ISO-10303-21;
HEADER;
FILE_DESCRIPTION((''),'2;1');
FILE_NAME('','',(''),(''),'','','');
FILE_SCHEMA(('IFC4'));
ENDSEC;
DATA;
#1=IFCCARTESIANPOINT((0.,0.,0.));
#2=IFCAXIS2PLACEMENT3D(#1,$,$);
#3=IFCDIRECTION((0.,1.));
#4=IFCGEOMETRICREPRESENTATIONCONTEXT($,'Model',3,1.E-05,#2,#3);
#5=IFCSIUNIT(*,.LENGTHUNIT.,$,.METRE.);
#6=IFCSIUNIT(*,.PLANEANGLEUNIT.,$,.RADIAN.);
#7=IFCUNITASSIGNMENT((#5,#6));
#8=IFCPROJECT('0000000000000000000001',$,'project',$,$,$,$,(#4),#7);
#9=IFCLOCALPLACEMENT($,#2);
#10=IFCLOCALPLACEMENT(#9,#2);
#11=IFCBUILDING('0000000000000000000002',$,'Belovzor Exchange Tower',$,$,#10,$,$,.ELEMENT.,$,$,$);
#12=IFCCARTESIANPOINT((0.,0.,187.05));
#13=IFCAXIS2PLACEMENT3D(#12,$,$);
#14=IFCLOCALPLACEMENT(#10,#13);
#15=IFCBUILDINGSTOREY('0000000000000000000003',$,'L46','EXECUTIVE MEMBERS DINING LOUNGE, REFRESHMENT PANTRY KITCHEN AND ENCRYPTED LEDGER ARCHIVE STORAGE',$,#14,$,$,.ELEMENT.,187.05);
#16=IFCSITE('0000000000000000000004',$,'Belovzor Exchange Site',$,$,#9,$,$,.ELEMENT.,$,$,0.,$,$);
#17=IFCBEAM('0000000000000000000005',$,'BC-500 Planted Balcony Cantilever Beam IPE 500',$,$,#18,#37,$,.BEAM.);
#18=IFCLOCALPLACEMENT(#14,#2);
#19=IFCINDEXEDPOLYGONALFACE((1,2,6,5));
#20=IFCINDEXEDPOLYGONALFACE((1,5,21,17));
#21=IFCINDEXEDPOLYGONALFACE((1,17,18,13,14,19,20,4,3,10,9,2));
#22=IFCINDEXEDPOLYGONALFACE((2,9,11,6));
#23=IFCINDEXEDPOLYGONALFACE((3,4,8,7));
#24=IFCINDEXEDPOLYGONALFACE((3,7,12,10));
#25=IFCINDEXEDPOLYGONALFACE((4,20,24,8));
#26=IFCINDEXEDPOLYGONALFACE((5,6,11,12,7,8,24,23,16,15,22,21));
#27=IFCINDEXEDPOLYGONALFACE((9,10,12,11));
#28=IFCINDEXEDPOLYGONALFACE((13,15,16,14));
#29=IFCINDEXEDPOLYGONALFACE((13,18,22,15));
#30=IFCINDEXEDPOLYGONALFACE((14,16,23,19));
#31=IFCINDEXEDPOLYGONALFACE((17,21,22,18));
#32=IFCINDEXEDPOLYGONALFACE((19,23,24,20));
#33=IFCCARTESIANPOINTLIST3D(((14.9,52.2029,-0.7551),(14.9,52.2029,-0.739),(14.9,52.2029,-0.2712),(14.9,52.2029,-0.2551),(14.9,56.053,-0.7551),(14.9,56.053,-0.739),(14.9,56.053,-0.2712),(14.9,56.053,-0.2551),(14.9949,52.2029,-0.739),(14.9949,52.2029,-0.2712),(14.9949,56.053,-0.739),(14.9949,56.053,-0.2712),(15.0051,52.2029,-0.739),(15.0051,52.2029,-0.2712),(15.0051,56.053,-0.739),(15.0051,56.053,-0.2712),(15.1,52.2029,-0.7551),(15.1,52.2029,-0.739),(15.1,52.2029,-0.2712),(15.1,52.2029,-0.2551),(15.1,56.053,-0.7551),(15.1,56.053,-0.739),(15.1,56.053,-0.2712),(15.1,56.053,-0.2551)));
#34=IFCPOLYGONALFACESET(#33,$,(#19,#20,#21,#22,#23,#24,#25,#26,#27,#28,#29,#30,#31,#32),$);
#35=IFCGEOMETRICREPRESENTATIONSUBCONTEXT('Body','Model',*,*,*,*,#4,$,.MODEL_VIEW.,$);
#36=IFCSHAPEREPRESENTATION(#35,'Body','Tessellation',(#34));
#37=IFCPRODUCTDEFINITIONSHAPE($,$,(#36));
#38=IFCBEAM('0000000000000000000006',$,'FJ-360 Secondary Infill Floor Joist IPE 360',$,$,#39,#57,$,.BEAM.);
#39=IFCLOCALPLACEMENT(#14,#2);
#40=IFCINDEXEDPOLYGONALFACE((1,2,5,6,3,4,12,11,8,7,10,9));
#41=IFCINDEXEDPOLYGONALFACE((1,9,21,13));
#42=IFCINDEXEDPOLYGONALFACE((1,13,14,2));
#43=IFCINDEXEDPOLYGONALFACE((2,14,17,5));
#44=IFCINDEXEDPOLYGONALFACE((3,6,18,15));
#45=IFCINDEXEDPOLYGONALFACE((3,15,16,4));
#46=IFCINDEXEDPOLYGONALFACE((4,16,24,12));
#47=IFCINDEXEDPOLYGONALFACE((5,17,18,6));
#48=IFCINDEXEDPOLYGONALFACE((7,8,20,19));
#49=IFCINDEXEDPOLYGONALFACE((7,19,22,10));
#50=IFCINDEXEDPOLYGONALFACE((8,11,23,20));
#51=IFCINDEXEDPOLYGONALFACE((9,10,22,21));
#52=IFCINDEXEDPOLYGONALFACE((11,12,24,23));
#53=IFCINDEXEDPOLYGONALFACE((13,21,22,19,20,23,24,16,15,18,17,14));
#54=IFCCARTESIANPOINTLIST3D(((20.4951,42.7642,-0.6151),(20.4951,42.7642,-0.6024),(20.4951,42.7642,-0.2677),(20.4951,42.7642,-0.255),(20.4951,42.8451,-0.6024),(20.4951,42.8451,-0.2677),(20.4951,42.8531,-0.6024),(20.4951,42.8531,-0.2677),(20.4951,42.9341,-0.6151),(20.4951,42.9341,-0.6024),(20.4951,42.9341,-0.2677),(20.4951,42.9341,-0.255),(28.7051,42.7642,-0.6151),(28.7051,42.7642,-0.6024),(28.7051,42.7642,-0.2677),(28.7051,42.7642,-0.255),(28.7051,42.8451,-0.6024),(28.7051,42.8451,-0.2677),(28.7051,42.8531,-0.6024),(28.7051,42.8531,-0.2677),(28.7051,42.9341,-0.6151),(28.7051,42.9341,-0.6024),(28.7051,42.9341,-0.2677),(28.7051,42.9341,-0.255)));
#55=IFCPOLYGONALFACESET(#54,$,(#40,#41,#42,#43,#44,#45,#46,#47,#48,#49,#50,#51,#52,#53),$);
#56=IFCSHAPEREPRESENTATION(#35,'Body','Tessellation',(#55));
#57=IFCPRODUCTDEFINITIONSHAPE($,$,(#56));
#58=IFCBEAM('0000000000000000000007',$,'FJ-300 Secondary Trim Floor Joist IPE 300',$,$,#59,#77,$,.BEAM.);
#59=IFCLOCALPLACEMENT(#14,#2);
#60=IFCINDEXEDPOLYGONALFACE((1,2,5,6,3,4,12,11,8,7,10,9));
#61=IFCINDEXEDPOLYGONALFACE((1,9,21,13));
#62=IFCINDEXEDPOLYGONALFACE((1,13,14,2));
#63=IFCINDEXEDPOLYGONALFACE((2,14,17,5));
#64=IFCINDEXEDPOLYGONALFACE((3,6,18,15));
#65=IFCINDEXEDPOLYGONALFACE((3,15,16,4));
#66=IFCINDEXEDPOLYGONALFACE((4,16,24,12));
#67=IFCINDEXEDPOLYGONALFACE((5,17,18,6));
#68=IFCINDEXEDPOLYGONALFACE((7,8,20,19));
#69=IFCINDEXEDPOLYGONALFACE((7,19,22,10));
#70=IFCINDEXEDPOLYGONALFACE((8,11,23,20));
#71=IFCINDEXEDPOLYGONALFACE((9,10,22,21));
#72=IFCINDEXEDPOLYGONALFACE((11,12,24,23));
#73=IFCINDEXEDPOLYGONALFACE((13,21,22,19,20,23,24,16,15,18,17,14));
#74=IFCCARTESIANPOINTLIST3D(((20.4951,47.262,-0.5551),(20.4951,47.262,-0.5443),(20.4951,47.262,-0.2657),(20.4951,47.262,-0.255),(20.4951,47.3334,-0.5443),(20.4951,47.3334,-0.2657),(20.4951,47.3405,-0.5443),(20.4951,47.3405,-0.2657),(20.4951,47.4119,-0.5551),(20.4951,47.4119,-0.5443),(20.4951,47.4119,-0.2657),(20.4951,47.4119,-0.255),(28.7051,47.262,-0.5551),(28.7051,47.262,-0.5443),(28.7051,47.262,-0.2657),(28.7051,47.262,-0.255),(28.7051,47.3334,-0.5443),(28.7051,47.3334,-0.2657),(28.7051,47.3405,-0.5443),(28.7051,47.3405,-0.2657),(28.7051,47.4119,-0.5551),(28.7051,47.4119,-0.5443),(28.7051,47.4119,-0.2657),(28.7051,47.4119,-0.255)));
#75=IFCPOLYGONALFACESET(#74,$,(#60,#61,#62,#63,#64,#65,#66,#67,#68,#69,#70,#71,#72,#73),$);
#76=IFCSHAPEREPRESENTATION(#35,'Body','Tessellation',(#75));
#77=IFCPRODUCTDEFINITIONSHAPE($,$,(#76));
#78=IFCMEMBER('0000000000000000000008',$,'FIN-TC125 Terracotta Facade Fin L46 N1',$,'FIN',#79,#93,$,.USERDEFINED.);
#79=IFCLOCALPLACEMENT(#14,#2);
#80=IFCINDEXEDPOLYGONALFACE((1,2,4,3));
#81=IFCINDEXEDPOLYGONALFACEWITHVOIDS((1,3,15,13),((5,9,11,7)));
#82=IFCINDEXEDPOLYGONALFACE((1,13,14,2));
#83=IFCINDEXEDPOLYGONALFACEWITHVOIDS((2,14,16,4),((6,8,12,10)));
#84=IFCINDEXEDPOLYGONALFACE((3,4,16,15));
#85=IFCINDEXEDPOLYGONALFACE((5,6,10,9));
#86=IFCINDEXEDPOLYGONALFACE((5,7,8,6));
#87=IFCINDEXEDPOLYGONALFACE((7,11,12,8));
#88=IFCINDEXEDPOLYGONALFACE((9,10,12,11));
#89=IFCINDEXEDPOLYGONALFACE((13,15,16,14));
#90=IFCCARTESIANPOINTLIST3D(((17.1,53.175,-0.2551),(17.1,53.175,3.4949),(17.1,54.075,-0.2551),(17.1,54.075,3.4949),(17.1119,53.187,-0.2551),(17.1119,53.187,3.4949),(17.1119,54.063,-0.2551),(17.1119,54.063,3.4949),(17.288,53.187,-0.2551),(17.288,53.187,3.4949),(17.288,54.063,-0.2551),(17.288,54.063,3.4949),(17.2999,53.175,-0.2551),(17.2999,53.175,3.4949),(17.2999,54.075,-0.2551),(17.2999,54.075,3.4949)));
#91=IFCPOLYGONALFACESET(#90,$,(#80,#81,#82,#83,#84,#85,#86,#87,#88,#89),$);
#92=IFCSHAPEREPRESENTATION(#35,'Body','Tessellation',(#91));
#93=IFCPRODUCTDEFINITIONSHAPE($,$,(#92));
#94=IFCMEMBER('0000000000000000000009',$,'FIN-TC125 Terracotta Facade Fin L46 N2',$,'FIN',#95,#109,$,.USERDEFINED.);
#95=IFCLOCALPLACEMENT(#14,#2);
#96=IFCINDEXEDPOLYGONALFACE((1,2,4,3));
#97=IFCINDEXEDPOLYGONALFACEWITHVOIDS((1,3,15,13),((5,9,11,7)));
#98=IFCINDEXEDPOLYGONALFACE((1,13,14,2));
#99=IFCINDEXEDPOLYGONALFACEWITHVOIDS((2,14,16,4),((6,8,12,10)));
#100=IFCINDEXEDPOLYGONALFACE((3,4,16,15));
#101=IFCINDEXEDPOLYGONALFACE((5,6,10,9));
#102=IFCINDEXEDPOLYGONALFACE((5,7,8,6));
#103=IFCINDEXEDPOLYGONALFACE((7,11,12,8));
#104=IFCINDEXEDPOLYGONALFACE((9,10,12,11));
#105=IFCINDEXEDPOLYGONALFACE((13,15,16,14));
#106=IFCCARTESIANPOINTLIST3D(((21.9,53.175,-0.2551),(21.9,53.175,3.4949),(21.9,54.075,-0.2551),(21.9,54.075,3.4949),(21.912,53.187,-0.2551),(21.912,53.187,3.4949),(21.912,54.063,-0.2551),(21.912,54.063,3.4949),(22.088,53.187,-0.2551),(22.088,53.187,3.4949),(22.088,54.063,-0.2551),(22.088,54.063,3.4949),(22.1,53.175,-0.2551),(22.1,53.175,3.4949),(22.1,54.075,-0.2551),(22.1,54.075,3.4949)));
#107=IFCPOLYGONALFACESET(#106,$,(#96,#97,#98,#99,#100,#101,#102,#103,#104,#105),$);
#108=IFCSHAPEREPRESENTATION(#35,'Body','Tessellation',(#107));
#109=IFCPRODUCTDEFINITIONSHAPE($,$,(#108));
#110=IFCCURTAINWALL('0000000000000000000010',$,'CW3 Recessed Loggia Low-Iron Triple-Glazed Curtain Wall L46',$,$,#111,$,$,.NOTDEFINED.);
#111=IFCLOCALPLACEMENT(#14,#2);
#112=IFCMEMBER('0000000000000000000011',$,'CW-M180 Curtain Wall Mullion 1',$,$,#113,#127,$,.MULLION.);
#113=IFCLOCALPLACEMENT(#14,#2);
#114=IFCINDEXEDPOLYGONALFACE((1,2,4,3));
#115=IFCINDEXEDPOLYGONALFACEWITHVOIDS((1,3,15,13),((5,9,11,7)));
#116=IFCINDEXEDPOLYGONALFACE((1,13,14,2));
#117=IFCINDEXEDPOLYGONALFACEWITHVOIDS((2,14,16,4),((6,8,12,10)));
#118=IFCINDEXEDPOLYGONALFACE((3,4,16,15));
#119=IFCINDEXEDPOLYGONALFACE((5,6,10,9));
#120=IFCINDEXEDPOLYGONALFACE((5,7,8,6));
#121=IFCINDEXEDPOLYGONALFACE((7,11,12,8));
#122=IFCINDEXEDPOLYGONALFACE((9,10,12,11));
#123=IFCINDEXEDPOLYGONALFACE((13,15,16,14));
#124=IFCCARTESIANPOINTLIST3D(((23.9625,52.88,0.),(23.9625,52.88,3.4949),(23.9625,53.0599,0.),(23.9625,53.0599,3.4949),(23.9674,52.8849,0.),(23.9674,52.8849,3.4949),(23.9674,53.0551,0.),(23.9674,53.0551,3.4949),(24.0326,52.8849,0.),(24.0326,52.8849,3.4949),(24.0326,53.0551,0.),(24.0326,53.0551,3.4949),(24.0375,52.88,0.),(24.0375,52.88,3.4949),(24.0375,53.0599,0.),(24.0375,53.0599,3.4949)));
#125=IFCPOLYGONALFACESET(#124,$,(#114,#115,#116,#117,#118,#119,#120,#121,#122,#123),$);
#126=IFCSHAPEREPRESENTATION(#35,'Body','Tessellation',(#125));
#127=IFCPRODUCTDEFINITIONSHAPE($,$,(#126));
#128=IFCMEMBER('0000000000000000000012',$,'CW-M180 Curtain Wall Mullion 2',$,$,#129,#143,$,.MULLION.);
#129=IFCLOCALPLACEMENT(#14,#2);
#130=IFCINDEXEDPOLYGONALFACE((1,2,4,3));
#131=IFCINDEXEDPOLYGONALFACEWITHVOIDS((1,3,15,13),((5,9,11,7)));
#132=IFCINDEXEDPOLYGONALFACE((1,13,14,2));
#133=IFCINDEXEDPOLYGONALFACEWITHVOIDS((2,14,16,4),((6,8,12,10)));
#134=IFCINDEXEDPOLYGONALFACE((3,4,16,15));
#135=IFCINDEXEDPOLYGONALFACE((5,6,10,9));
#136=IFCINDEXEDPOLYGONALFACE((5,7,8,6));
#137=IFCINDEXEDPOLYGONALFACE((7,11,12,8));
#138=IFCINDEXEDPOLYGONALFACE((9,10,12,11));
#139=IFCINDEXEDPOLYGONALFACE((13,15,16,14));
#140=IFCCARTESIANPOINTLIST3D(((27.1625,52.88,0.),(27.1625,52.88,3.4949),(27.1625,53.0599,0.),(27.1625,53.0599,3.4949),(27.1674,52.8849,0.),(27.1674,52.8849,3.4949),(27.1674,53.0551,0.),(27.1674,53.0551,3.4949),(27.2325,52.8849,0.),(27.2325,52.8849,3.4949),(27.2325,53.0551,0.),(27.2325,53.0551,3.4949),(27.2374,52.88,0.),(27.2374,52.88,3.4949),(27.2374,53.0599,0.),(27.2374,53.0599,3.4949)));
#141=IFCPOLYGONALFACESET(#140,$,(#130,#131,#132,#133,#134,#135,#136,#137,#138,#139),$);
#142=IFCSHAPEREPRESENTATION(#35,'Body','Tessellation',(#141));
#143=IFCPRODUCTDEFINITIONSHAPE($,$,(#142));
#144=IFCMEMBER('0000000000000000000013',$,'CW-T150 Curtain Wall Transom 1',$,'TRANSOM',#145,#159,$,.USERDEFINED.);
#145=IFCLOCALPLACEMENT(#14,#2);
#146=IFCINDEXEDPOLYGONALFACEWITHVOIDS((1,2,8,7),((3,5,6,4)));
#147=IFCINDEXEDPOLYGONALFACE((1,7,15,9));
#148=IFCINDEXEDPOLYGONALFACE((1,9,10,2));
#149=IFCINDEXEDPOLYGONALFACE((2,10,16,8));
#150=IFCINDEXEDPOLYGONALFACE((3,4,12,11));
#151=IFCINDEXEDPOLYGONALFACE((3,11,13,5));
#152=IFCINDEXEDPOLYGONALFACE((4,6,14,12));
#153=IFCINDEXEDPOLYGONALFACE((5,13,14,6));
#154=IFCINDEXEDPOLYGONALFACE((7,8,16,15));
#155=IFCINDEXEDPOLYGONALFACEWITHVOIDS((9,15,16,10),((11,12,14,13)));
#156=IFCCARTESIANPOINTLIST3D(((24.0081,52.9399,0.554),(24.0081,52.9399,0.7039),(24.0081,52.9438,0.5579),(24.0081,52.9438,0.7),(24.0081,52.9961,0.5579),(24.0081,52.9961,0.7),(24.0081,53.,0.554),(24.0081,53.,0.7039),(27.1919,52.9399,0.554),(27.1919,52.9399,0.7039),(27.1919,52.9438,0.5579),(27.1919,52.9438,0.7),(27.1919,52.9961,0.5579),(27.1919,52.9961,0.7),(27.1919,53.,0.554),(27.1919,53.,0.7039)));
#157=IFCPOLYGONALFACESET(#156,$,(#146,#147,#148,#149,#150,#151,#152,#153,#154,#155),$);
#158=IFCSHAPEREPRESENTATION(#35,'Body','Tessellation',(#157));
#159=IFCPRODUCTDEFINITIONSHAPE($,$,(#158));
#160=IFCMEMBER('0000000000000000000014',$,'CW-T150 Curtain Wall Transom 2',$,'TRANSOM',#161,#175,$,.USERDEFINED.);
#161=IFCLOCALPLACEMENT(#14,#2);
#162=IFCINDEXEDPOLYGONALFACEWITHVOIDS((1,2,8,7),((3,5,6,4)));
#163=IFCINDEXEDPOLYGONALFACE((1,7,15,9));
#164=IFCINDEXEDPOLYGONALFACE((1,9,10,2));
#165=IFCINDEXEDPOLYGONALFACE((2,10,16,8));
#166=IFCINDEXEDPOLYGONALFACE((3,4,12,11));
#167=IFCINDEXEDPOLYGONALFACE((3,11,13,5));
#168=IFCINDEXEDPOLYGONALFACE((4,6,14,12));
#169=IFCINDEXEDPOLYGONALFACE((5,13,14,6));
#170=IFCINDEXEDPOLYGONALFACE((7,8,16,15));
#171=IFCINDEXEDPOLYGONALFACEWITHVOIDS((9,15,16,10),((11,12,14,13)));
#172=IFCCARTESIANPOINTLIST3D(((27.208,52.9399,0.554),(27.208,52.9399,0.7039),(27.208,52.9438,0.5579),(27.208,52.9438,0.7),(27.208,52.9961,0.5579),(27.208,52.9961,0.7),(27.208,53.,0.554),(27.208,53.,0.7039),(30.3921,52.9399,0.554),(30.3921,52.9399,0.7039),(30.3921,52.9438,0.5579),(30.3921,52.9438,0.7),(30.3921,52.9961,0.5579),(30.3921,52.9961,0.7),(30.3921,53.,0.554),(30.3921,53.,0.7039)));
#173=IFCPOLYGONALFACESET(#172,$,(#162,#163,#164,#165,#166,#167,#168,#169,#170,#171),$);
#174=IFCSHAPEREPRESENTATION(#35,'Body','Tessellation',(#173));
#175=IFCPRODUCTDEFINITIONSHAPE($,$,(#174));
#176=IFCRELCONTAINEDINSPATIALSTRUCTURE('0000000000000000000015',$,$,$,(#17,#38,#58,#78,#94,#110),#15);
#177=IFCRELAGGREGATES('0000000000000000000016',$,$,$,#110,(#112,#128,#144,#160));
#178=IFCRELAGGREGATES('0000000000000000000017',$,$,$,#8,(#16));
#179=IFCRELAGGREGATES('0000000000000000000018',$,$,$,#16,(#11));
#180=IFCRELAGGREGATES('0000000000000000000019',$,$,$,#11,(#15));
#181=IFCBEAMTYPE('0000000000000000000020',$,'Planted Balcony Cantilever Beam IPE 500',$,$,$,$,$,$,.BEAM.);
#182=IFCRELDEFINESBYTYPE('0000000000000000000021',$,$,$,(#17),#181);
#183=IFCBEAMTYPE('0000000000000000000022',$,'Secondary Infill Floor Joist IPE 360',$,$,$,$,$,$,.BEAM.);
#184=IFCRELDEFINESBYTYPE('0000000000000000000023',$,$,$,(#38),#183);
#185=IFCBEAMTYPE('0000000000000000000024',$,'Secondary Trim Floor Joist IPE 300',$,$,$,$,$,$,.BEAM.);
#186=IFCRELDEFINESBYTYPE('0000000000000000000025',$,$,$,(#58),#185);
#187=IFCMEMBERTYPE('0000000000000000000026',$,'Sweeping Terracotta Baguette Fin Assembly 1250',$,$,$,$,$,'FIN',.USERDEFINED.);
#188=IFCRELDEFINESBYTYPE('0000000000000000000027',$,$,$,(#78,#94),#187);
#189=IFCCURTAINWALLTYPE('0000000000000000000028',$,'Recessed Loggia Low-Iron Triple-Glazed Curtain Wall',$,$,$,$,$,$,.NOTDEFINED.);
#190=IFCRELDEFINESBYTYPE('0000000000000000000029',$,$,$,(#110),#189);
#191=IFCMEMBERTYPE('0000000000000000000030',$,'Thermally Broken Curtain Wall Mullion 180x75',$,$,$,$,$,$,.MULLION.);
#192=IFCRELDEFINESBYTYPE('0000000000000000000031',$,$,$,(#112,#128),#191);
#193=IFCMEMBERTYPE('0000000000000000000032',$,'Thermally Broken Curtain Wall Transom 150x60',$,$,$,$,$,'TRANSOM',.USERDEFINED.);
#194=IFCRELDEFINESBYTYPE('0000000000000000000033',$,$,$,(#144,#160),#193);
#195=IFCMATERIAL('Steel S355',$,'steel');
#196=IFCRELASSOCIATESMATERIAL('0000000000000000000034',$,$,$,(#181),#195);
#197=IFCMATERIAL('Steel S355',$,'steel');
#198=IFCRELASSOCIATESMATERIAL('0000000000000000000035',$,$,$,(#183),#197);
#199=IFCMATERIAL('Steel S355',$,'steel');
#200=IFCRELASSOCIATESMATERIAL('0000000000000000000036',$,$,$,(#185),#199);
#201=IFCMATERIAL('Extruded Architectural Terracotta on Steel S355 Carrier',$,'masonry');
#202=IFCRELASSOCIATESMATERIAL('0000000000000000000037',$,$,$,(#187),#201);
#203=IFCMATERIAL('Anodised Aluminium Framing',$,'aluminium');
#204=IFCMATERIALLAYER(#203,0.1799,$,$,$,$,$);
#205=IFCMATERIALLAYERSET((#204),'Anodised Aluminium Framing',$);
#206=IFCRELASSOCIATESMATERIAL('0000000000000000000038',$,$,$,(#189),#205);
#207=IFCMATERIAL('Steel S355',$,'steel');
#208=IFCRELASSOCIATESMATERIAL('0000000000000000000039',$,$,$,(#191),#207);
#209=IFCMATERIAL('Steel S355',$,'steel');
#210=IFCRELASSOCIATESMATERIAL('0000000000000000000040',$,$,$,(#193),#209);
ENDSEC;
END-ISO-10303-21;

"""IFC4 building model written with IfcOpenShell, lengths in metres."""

from ifc_helpers import new_model, si_unit, direction, frame, origin, origin_2d, place, context, subcontext, project, spatial, hollow_rectangle, i_section, extrude, material, layer, layer_set, material_profile, profile_set, type_object, element, aggregate, save


model = new_model("IFC4")

# Units and contexts
model_context = context("Model", 3, precision=1e-05, world=origin(), true_north=direction((0.0, 1.0)))
body_context = subcontext(model_context, "Body", "Model", "MODEL_VIEW")
ifc_project = project(units=[si_unit("LENGTHUNIT", "METRE"), si_unit("PLANEANGLEUNIT", "RADIAN")], contexts=[model_context])

# Site, building, storey
site_placement = place(None, origin())
site = spatial("IfcSite", under=ifc_project, at=site_placement, Name="Belovzor Exchange Site", CompositionType="ELEMENT", RefElevation=0.0)
building_placement = place(site_placement, origin())
building = spatial("IfcBuilding", under=site, at=building_placement, Name="Belovzor Exchange Tower", CompositionType="ELEMENT")
storey_placement = place(building_placement, frame((0.0, 0.0, 187.05)))
storey = spatial("IfcBuildingStorey", under=building, at=storey_placement, Name="L46", Description="EXECUTIVE MEMBERS DINING LOUNGE, REFRESHMENT PANTRY KITCHEN AND ENCRYPTED LEDGER ARCHIVE STORAGE", CompositionType="ELEMENT", Elevation=187.05)

# Beams
ifc_material_1 = material(Name="Steel S355", Category="steel")
ifc_material_profile_1 = material_profile(ifc_material_1, i_section(OverallWidth=0.2, OverallDepth=0.5, WebThickness=0.0103, FlangeThickness=0.0161, at=origin_2d()))
ifc_profile_set_1 = profile_set([ifc_material_profile_1], Name="Steel S355")
beam_type_1 = type_object("IfcBeamType", Name="Planted Balcony Cantilever Beam IPE 500", PredefinedType="BEAM", material=ifc_profile_set_1)
beam_1_placement = place(storey_placement, frame((15.0, 52.2029, -0.5051), z_axis=(0.0, 1.0, 0.0), x_axis=(-1.0, 0.0, 0.0)))
element("IfcBeam", 1, at=beam_1_placement, inside=storey, type_object=beam_type_1, Name="BC-500 Planted Balcony Cantilever Beam IPE 500", PredefinedType="BEAM", context=body_context, shape_type="SweptSolid", body=[
    extrude(i_section(OverallWidth=0.2, OverallDepth=0.5, WebThickness=0.0103, FlangeThickness=0.0161, at=origin_2d()), origin(), (0.0, 0.0, 1.0), 3.8501),
])
ifc_material_2 = material(Name="Steel S355", Category="steel")
ifc_material_profile_2 = material_profile(ifc_material_2, i_section(OverallWidth=0.1699, OverallDepth=0.3601, WebThickness=0.0081, FlangeThickness=0.0127, at=origin_2d()))
ifc_profile_set_2 = profile_set([ifc_material_profile_2], Name="Steel S355")
beam_type_2 = type_object("IfcBeamType", Name="Secondary Infill Floor Joist IPE 360", PredefinedType="BEAM", material=ifc_profile_set_2)
beam_2_placement = place(storey_placement, frame((20.4951, 42.8491, -0.4351), z_axis=(1.0, 0.0, 0.0), x_axis=(0.0, 1.0, 0.0)))
element("IfcBeam", 2, at=beam_2_placement, inside=storey, type_object=beam_type_2, Name="FJ-360 Secondary Infill Floor Joist IPE 360", PredefinedType="BEAM", context=body_context, shape_type="SweptSolid", body=[
    extrude(i_section(OverallWidth=0.1699, OverallDepth=0.3601, WebThickness=0.0081, FlangeThickness=0.0127, at=origin_2d()), origin(), (0.0, 0.0, 1.0), 8.21),
])
ifc_material_3 = material(Name="Steel S355", Category="steel")
ifc_material_profile_3 = material_profile(ifc_material_3, i_section(OverallWidth=0.1499, OverallDepth=0.3, WebThickness=0.0071, FlangeThickness=0.0107, at=origin_2d()))
ifc_profile_set_3 = profile_set([ifc_material_profile_3], Name="Steel S355")
beam_type_3 = type_object("IfcBeamType", Name="Secondary Trim Floor Joist IPE 300", PredefinedType="BEAM", material=ifc_profile_set_3)
beam_3_placement = place(storey_placement, frame((20.4951, 47.3369, -0.405), z_axis=(1.0, 0.0, 0.0), x_axis=(0.0, 1.0, 0.0)))
element("IfcBeam", 3, at=beam_3_placement, inside=storey, type_object=beam_type_3, Name="FJ-300 Secondary Trim Floor Joist IPE 300", PredefinedType="BEAM", context=body_context, shape_type="SweptSolid", body=[
    extrude(i_section(OverallWidth=0.1499, OverallDepth=0.3, WebThickness=0.0071, FlangeThickness=0.0107, at=origin_2d()), origin(), (0.0, 0.0, 1.0), 8.21),
])

# Members
ifc_material_4 = material(Name="Extruded Architectural Terracotta on Steel S355 Carrier", Category="masonry")
ifc_material_profile_4 = material_profile(ifc_material_4, hollow_rectangle(XDim=0.2, YDim=0.8999, WallThickness=0.012, at=origin_2d()))
ifc_profile_set_4 = profile_set([ifc_material_profile_4], Name="Extruded Architectural Terracotta on Steel S355 Carrier")
member_type_1 = type_object("IfcMemberType", Name="Sweeping Terracotta Baguette Fin Assembly 1250", ElementType="FIN", PredefinedType="USERDEFINED", material=ifc_profile_set_4)
for number, where, z_axis, x_axis, name in (
    (4, (17.2, 53.625, -0.2551), (0.0, 0.0, 1.0), (1.0, 0.0, 0.0), "FIN-TC125 Terracotta Facade Fin L46 N1"),
    (5, (22.0, 53.625, -0.2551), (0.0, 0.0, 1.0), (1.0, 0.0, 0.0), "FIN-TC125 Terracotta Facade Fin L46 N2"),
):
    element("IfcMember", number, at=place(storey_placement, frame(where, z_axis=z_axis, x_axis=x_axis)), inside=storey, type_object=member_type_1, Name=name, ObjectType="FIN", PredefinedType="USERDEFINED", context=body_context, shape_type="SweptSolid", body=[
        extrude(hollow_rectangle(XDim=0.2, YDim=0.8999, WallThickness=0.012, at=origin_2d()), origin(), (0.0, 0.0, 1.0), 3.75),
    ])

# Curtain wall, members
ifc_material_5 = material(Name="Anodised Aluminium Framing", Category="aluminium")
ifc_layer_1 = layer(ifc_material_5, 0.1799)
ifc_layer_set_1 = layer_set([ifc_layer_1], Name="Anodised Aluminium Framing")
curtain_wall_type = type_object("IfcCurtainWallType", Name="Recessed Loggia Low-Iron Triple-Glazed Curtain Wall", PredefinedType="NOTDEFINED", material=ifc_layer_set_1)
curtain_wall_placement = place(storey_placement, origin())
curtain_wall = element("IfcCurtainWall", 6, at=curtain_wall_placement, inside=storey, type_object=curtain_wall_type, Name="CW3 Recessed Loggia Low-Iron Triple-Glazed Curtain Wall L46", PredefinedType="NOTDEFINED")
ifc_material_6 = material(Name="Steel S355", Category="steel")
ifc_material_profile_5 = material_profile(ifc_material_6, hollow_rectangle(XDim=0.075, YDim=0.1799, WallThickness=0.0049, at=origin_2d()))
ifc_profile_set_5 = profile_set([ifc_material_profile_5], Name="Steel S355")
member_type_2 = type_object("IfcMemberType", Name="Thermally Broken Curtain Wall Mullion 180x75", PredefinedType="MULLION", material=ifc_profile_set_5)
member_1_placement = place(storey_placement, frame((24.0, 52.97, 0.0), z_axis=(0.0, 0.0, 1.0), x_axis=(1.0, 0.0, 0.0)))
member_1 = element("IfcMember", 7, at=member_1_placement, type_object=member_type_2, Name="CW-M180 Curtain Wall Mullion 1", PredefinedType="MULLION", context=body_context, shape_type="SweptSolid", body=[
    extrude(hollow_rectangle(XDim=0.075, YDim=0.1799, WallThickness=0.0049, at=origin_2d()), origin(), (0.0, 0.0, 1.0), 3.4949),
])
member_2_placement = place(storey_placement, frame((27.2, 52.97, 0.0), z_axis=(0.0, 0.0, 1.0), x_axis=(1.0, 0.0, 0.0)))
member_2 = element("IfcMember", 8, at=member_2_placement, type_object=member_type_2, Name="CW-M180 Curtain Wall Mullion 2", PredefinedType="MULLION", context=body_context, shape_type="SweptSolid", body=[
    extrude(hollow_rectangle(XDim=0.075, YDim=0.1799, WallThickness=0.0049, at=origin_2d()), origin(), (0.0, 0.0, 1.0), 3.4949),
])
ifc_material_7 = material(Name="Steel S355", Category="steel")
ifc_material_profile_6 = material_profile(ifc_material_7, hollow_rectangle(XDim=0.0601, YDim=0.1499, WallThickness=0.0039, at=origin_2d()))
ifc_profile_set_6 = profile_set([ifc_material_profile_6], Name="Steel S355")
member_type_3 = type_object("IfcMemberType", Name="Thermally Broken Curtain Wall Transom 150x60", ElementType="TRANSOM", PredefinedType="USERDEFINED", material=ifc_profile_set_6)
member_3_placement = place(storey_placement, frame((24.0081, 52.97, 0.6289), z_axis=(1.0, 0.0, 0.0), x_axis=(0.0, 1.0, 0.0)))
member_3 = element("IfcMember", 9, at=member_3_placement, type_object=member_type_3, Name="CW-T150 Curtain Wall Transom 1", ObjectType="TRANSOM", PredefinedType="USERDEFINED", context=body_context, shape_type="SweptSolid", body=[
    extrude(hollow_rectangle(XDim=0.0601, YDim=0.1499, WallThickness=0.0039, at=origin_2d()), origin(), (0.0, 0.0, 1.0), 3.1838),
])
member_4_placement = place(storey_placement, frame((27.208, 52.97, 0.6289), z_axis=(1.0, 0.0, 0.0), x_axis=(0.0, 1.0, 0.0)))
member_4 = element("IfcMember", 10, at=member_4_placement, type_object=member_type_3, Name="CW-T150 Curtain Wall Transom 2", ObjectType="TRANSOM", PredefinedType="USERDEFINED", context=body_context, shape_type="SweptSolid", body=[
    extrude(hollow_rectangle(XDim=0.0601, YDim=0.1499, WallThickness=0.0039, at=origin_2d()), origin(), (0.0, 0.0, 1.0), 3.1841),
])

aggregate(curtain_wall, [member_1, member_2, member_3, member_4])

save(model, "model.ifc")
